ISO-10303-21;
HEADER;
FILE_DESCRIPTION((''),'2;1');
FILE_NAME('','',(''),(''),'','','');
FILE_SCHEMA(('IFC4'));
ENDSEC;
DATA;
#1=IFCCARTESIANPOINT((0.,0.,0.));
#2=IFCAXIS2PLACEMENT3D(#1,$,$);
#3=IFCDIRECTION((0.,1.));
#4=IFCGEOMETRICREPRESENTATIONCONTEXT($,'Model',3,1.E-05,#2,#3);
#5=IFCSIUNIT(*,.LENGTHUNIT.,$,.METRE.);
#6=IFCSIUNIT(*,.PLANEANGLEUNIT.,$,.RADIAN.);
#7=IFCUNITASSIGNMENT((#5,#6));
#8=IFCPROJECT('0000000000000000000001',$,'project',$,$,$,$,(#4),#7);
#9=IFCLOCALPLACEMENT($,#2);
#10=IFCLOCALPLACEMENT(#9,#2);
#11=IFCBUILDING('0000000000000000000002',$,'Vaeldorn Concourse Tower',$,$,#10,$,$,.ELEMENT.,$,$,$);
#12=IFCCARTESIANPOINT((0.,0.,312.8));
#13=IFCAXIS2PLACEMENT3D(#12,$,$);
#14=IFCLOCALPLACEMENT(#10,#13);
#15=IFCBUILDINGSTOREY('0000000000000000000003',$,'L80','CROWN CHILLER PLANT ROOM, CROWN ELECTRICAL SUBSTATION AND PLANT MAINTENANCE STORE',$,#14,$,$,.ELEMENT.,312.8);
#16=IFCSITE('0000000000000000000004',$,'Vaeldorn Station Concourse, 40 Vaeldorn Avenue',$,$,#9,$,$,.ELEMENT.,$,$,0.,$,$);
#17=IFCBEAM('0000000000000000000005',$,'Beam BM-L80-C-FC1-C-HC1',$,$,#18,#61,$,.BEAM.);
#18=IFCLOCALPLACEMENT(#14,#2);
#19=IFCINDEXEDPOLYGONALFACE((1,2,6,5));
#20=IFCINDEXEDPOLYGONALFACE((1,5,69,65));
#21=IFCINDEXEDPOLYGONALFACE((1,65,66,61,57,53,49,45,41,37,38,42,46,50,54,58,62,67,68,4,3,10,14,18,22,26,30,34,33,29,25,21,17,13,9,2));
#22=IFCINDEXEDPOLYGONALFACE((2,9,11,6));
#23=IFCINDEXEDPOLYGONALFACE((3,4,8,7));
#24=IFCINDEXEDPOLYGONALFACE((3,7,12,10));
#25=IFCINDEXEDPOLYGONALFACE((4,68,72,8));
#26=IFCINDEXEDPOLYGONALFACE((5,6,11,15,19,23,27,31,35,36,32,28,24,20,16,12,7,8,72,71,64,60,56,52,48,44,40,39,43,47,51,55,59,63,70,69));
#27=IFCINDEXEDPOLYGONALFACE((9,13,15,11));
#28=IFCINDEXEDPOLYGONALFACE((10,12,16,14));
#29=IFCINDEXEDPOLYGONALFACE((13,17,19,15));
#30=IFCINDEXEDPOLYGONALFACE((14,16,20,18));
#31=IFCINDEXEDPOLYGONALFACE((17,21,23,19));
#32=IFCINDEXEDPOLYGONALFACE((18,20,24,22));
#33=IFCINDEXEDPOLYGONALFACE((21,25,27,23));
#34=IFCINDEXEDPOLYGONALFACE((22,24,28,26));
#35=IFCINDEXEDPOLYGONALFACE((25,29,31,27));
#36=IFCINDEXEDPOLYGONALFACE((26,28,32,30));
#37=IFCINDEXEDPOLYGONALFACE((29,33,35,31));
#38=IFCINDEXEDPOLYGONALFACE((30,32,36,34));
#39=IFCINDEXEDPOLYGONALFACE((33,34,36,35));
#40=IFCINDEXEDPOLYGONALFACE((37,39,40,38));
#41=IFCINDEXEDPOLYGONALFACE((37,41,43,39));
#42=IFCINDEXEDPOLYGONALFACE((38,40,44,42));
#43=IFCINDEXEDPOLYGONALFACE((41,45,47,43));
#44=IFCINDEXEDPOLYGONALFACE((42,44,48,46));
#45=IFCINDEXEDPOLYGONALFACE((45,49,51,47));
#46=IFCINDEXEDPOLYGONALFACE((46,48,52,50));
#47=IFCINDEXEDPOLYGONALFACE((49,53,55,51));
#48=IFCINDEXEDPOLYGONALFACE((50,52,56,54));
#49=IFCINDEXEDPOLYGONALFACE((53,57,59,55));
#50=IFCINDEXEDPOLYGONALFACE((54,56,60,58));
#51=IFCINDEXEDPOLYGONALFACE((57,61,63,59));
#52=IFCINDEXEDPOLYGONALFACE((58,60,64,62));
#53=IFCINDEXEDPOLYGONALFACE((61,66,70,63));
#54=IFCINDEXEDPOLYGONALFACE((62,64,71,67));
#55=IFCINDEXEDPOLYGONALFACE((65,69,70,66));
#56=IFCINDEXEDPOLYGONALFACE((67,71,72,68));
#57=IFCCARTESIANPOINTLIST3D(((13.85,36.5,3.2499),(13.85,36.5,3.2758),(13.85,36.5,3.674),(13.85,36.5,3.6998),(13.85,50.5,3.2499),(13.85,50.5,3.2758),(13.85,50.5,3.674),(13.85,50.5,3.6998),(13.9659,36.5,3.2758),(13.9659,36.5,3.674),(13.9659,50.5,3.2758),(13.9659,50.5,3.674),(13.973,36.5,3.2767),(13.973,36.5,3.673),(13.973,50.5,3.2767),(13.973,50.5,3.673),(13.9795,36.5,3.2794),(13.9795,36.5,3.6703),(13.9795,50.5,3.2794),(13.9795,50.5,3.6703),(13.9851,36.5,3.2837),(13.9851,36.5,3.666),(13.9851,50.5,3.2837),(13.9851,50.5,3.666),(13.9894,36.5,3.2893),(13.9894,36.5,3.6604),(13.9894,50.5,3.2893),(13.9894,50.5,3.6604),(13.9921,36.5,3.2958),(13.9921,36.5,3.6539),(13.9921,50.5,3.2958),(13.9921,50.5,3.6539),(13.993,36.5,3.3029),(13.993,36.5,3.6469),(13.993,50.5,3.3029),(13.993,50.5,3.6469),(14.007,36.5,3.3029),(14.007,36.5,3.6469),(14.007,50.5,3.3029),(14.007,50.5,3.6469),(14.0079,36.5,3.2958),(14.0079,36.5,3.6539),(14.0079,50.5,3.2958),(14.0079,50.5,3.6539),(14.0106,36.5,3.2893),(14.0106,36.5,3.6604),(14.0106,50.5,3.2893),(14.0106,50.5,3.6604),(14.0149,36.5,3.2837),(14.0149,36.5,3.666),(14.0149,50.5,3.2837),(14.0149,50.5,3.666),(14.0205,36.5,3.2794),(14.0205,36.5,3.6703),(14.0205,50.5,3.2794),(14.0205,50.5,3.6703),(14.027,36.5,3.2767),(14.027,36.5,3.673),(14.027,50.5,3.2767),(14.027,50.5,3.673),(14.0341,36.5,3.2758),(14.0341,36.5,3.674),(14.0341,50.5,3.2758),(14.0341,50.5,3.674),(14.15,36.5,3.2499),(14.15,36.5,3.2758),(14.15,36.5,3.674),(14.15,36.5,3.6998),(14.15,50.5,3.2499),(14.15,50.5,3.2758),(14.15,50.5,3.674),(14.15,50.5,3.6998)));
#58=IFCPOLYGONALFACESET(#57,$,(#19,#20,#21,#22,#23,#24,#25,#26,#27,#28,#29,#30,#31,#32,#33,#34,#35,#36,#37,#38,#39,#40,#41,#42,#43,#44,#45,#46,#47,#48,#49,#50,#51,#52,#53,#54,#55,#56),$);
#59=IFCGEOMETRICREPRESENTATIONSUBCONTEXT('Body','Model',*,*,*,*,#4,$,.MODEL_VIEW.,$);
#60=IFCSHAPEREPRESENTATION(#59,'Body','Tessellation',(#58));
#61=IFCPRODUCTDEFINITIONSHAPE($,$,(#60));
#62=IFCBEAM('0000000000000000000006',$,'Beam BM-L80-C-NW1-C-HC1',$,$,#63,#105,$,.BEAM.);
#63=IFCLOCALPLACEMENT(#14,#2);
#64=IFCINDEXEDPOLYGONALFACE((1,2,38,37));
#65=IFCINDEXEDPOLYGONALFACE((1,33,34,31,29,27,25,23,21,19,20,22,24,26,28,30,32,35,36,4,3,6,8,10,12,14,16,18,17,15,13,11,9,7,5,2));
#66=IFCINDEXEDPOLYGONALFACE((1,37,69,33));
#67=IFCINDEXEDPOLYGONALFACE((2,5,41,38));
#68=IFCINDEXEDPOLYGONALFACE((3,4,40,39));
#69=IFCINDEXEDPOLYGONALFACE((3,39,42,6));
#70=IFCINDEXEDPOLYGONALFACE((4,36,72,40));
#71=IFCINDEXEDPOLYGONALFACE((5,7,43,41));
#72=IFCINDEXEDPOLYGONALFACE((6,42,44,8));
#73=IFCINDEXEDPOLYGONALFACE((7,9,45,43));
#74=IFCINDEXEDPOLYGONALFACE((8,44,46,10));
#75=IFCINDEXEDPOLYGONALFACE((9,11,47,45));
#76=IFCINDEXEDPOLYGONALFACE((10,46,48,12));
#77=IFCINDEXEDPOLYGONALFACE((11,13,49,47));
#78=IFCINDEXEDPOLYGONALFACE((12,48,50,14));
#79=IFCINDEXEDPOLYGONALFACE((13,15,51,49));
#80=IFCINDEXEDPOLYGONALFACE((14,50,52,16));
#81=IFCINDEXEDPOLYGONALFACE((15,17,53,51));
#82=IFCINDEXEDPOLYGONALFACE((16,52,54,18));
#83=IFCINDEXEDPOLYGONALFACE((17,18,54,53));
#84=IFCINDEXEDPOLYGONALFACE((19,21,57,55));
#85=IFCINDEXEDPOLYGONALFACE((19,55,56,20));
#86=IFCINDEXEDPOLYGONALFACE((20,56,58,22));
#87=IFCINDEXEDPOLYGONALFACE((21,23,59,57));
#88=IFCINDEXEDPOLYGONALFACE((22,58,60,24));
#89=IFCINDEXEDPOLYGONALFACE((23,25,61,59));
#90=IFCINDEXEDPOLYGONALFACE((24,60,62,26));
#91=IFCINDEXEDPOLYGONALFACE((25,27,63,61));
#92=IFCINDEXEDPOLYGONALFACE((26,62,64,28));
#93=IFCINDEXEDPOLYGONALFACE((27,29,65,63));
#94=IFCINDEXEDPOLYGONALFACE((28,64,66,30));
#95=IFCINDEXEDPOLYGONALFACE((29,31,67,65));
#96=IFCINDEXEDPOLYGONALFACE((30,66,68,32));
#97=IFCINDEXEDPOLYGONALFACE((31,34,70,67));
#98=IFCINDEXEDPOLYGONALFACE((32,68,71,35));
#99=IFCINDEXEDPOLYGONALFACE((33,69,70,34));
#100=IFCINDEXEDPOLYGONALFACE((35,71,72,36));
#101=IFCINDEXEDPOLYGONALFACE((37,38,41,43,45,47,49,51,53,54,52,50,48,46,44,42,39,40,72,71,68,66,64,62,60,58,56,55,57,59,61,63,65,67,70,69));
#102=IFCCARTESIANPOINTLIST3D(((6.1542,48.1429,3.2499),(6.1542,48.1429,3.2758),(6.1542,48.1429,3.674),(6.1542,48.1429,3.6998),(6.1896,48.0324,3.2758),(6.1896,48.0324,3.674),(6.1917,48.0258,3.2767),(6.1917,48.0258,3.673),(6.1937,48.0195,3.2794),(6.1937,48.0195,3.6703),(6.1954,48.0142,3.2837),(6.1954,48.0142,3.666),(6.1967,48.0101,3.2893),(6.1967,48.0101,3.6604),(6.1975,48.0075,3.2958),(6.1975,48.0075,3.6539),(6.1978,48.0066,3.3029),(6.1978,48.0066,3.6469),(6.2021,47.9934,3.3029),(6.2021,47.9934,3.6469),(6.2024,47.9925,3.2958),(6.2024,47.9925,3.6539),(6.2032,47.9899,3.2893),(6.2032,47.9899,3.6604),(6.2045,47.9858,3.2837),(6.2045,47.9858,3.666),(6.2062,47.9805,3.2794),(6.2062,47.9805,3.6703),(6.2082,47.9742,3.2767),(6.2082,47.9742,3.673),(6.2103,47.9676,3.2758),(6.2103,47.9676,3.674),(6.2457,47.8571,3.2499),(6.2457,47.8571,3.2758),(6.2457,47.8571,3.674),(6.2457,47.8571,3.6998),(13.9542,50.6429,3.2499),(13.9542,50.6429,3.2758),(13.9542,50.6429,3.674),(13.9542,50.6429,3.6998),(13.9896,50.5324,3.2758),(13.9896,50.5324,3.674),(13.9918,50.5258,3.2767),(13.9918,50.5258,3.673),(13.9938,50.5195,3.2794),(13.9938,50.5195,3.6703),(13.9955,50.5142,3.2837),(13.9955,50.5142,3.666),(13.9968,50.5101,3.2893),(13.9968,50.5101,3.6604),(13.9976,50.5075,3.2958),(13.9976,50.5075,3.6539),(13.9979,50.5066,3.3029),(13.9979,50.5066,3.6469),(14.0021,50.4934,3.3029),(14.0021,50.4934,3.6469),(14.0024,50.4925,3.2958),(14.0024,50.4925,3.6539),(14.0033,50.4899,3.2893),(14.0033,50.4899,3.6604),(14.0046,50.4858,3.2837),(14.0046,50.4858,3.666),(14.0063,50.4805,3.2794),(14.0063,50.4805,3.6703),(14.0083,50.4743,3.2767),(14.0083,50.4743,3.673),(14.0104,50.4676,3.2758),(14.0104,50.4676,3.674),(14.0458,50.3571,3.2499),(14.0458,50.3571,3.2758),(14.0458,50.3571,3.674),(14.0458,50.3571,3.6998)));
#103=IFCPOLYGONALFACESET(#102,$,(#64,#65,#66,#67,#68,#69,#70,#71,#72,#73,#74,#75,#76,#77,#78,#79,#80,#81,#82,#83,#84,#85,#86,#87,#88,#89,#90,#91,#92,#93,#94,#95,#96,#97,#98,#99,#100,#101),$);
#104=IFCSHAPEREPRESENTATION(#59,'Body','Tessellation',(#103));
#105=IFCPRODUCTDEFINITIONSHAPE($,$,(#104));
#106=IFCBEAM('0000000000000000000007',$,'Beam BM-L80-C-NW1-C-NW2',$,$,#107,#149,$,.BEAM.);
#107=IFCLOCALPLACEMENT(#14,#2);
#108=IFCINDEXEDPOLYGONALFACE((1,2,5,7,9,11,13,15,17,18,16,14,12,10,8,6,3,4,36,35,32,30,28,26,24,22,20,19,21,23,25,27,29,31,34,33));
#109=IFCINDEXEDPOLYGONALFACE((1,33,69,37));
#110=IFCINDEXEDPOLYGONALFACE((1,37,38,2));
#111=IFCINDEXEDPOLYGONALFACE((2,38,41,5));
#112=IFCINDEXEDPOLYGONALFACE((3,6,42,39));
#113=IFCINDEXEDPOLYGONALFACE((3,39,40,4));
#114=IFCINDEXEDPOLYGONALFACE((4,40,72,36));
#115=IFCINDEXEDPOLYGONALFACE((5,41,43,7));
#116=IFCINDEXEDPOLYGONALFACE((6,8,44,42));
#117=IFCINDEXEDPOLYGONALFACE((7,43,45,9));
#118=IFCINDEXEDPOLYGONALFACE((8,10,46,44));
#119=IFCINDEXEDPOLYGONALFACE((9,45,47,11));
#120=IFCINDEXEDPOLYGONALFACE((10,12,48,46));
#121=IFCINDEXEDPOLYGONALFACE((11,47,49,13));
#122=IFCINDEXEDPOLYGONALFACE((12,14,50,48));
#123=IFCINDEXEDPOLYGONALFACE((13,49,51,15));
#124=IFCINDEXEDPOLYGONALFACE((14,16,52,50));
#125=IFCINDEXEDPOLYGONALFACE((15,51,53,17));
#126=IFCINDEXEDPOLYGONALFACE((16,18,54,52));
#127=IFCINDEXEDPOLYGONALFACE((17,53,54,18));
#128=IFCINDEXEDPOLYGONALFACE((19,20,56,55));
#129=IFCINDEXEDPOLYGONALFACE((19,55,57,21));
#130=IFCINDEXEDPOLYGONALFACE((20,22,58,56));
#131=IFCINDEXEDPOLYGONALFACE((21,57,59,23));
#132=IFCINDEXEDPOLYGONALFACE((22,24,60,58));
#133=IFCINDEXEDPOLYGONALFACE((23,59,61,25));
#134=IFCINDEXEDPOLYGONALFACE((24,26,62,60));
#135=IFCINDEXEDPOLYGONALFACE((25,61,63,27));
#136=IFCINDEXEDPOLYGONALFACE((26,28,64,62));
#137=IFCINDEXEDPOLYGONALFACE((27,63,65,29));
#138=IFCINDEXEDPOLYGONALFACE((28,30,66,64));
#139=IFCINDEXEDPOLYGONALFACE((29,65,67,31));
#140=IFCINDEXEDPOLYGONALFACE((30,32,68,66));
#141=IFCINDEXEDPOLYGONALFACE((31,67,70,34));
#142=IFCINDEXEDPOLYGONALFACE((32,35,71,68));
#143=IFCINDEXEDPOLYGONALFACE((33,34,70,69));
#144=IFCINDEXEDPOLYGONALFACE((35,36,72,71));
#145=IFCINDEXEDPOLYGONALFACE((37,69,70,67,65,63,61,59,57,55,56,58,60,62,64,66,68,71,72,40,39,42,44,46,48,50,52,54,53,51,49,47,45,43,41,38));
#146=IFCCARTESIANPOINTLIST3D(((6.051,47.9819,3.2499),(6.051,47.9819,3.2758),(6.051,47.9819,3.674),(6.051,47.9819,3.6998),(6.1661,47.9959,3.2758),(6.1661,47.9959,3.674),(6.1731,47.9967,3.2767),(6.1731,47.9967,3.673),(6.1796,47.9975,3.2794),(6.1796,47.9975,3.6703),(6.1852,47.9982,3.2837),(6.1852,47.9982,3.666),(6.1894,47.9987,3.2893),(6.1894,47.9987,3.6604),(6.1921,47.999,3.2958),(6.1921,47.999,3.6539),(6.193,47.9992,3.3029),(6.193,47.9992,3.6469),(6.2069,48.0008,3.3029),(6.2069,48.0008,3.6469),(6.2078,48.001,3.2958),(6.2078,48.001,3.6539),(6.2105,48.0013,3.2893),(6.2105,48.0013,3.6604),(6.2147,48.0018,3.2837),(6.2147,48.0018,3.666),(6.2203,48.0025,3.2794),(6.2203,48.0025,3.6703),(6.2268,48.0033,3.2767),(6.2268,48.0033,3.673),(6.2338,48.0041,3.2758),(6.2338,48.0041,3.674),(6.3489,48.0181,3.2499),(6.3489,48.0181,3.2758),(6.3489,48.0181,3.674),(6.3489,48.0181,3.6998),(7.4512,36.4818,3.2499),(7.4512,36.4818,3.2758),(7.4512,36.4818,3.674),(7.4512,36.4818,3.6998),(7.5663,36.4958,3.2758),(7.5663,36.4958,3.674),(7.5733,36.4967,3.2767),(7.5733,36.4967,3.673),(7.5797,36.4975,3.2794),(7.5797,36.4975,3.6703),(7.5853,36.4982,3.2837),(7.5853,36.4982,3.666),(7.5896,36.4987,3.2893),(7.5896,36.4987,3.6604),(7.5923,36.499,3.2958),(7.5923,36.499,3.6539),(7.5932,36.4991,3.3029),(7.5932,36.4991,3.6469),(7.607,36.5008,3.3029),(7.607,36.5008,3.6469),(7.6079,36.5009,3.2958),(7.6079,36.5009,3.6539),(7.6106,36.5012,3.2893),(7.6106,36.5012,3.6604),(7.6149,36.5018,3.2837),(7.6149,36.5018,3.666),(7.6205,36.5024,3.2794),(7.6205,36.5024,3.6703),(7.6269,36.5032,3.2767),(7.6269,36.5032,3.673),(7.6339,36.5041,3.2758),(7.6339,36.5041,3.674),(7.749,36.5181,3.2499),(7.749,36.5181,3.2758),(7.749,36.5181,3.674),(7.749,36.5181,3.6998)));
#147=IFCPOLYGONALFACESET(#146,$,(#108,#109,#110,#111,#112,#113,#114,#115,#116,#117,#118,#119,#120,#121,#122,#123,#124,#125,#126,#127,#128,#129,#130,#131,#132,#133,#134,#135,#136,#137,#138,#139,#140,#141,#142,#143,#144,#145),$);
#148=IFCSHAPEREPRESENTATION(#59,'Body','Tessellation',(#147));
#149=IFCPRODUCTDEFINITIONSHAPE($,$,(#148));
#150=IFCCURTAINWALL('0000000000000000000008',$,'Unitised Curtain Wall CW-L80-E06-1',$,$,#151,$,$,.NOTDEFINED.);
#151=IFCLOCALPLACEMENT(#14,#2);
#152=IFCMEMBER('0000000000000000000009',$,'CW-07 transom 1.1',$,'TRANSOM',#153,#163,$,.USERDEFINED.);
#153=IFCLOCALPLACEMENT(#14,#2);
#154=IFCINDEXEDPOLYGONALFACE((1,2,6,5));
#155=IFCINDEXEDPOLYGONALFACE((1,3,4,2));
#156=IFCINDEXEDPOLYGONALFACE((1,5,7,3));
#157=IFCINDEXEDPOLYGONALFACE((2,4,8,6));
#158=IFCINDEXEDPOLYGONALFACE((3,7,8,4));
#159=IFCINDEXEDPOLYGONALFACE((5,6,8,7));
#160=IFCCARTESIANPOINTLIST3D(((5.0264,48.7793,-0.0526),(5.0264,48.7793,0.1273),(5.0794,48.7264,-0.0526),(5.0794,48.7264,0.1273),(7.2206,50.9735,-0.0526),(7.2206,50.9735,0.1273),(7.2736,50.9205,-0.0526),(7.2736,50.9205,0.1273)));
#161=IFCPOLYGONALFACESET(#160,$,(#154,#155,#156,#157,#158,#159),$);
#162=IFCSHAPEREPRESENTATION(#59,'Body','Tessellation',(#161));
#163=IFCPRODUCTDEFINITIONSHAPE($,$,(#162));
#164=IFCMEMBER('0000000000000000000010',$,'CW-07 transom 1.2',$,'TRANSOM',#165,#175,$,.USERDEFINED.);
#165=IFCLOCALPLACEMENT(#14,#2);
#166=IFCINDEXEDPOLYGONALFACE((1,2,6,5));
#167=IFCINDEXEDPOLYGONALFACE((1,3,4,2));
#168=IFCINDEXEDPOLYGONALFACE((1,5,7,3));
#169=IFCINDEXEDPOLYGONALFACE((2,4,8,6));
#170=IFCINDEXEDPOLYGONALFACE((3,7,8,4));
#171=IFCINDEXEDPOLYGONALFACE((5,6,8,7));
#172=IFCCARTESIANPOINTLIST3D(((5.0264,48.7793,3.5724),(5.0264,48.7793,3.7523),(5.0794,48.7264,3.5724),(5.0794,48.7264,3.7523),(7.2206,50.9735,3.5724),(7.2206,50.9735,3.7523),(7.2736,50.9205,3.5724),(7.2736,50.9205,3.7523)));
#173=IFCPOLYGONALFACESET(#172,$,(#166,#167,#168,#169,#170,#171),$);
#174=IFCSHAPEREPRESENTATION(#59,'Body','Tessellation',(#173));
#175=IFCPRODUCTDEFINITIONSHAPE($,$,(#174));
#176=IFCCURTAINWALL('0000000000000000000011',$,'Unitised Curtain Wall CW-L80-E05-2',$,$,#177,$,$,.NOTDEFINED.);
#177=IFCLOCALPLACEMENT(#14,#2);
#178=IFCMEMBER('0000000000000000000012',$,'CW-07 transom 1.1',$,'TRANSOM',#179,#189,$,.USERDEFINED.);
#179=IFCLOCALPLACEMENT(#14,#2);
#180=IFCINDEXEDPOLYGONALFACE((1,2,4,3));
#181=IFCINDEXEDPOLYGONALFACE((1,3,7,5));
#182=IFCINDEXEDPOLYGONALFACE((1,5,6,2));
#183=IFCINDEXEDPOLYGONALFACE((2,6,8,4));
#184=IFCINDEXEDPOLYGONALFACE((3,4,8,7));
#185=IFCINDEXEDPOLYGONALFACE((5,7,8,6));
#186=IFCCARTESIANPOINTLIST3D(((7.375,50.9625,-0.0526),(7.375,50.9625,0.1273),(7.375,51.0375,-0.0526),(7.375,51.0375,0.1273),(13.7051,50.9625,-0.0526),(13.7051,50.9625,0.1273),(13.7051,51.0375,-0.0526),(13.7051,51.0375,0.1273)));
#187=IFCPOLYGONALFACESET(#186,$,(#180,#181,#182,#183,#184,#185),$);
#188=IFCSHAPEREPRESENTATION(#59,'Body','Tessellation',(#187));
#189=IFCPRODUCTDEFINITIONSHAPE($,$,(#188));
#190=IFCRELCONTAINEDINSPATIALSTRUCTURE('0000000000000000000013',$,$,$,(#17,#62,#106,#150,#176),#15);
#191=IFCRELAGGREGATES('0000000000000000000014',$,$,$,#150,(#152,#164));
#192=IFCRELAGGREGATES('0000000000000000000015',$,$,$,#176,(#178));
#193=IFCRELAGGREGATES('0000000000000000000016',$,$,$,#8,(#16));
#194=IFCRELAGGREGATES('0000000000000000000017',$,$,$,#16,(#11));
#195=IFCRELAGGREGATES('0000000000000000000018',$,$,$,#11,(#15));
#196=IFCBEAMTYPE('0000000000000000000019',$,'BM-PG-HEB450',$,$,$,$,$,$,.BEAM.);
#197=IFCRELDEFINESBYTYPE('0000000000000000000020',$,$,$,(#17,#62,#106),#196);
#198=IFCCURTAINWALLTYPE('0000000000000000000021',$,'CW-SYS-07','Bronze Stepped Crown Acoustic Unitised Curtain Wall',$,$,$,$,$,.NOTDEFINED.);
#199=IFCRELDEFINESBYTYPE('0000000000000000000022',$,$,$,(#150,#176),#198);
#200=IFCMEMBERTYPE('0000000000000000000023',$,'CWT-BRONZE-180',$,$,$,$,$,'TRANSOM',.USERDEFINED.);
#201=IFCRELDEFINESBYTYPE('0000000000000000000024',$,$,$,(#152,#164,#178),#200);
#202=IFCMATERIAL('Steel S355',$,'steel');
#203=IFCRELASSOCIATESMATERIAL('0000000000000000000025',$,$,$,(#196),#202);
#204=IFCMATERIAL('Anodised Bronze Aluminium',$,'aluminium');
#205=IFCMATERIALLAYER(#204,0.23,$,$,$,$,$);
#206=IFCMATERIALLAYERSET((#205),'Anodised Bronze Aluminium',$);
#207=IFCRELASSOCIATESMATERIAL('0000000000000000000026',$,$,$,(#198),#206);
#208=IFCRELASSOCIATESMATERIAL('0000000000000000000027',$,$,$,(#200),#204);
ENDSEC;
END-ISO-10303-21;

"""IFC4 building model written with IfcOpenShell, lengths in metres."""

from ifc_helpers import new_model, si_unit, direction, frame, origin, origin_2d, place, context, subcontext, project, spatial, rectangle, i_section, extrude, source, transform, mapped, material, layer, layer_set, material_profile, profile_set, type_object, element, aggregate, save


model = new_model("IFC4")

# Units and contexts
model_context = context("Model", 3, precision=1e-05, world=origin(), true_north=direction((0.0, 1.0)))
body_context = subcontext(model_context, "Body", "Model", "MODEL_VIEW")
ifc_project = project(units=[si_unit("LENGTHUNIT", "METRE"), si_unit("PLANEANGLEUNIT", "RADIAN")], contexts=[model_context])

# Site, building, storey
site_placement = place(None, origin())
site = spatial("IfcSite", under=ifc_project, at=site_placement, Name="Vaeldorn Station Concourse, 40 Vaeldorn Avenue", CompositionType="ELEMENT", RefElevation=0.0)
building_placement = place(site_placement, origin())
building = spatial("IfcBuilding", under=site, at=building_placement, Name="Vaeldorn Concourse Tower", CompositionType="ELEMENT")
storey_placement = place(building_placement, frame((0.0, 0.0, 312.8)))
storey = spatial("IfcBuildingStorey", under=building, at=storey_placement, Name="L80", Description="CROWN CHILLER PLANT ROOM, CROWN ELECTRICAL SUBSTATION AND PLANT MAINTENANCE STORE", CompositionType="ELEMENT", Elevation=312.8)

# Shared definitions
ifc_material_1 = material(Name="Steel S355", Category="steel")

# Beams
ifc_material_profile_1 = material_profile(ifc_material_1, i_section(OverallWidth=0.3, OverallDepth=0.45, WebThickness=0.0139, FlangeThickness=0.0259, FilletRadius=0.0271, at=origin_2d()), Name="HEB 450")
ifc_profile_set_1 = profile_set([ifc_material_profile_1], Name="Steel S355")
beam_type_1 = type_object("IfcBeamType", Name="BM-PG-HEB450", PredefinedType="BEAM", material=ifc_profile_set_1)
shared_shape_1 = source(origin(), body_context, "Body", "SweptSolid", [
    extrude(i_section(OverallWidth=0.3, OverallDepth=0.45, WebThickness=0.0139, FlangeThickness=0.0259, FilletRadius=0.0271, at=origin_2d()), origin(), (0.0, 0.0, 1.0), 14.0),
])
beam_1_placement = place(storey_placement, frame((14.0, 36.5, 3.4749), z_axis=(0.0, 1.0, 0.0), x_axis=(-1.0, 0.0, 0.0)))
element("IfcBeam", 1, at=beam_1_placement, inside=storey, type_object=beam_type_1, Name="Beam BM-L80-C-FC1-C-HC1", PredefinedType="BEAM", context=body_context, shape_type="MappedRepresentation", body=[
    mapped(shared_shape_1, transform((0.0, 0.0, 0.0), scale=1.0)),
])
shared_shape_2 = source(origin(), body_context, "Body", "SweptSolid", [
    extrude(i_section(OverallWidth=0.3, OverallDepth=0.45, WebThickness=0.0139, FlangeThickness=0.0259, FilletRadius=0.0271, at=origin_2d()), origin(), (0.0, 0.0, 1.0), 8.1909),
])
beam_2_placement = place(storey_placement, frame((6.2, 48.0, 3.4749), z_axis=(0.952283, 0.305217, 0.0), x_axis=(-0.305217, 0.952283, 0.0)))
element("IfcBeam", 2, at=beam_2_placement, inside=storey, type_object=beam_type_1, Name="Beam BM-L80-C-NW1-C-HC1", PredefinedType="BEAM", context=body_context, shape_type="MappedRepresentation", body=[
    mapped(shared_shape_2, transform((0.0, 0.0, 0.0), scale=1.0)),
])
shared_shape_3 = source(origin(), body_context, "Body", "SweptSolid", [
    extrude(i_section(OverallWidth=0.3, OverallDepth=0.45, WebThickness=0.0139, FlangeThickness=0.0259, FilletRadius=0.0271, at=origin_2d()), origin(), (0.0, 0.0, 1.0), 11.585),
])
beam_3_placement = place(storey_placement, frame((6.2, 48.0, 3.4749), z_axis=(0.120859, -0.99267, 0.0), x_axis=(0.99267, 0.120859, 0.0)))
element("IfcBeam", 3, at=beam_3_placement, inside=storey, type_object=beam_type_1, Name="Beam BM-L80-C-NW1-C-NW2", PredefinedType="BEAM", context=body_context, shape_type="MappedRepresentation", body=[
    mapped(shared_shape_3, transform((0.0, 0.0, 0.0), scale=1.0)),
])

# Curtain walls, members
ifc_material_2 = material(Name="Anodised Bronze Aluminium", Category="aluminium")
ifc_layer_1 = layer(ifc_material_2, 0.23)
ifc_layer_set_1 = layer_set([ifc_layer_1], Name="Anodised Bronze Aluminium")
curtain_wall_type = type_object("IfcCurtainWallType", Name="CW-SYS-07", Description="Bronze Stepped Crown Acoustic Unitised Curtain Wall", PredefinedType="NOTDEFINED", material=ifc_layer_set_1)
curtain_wall_1_placement = place(storey_placement, origin())
curtain_wall_1 = element("IfcCurtainWall", 4, at=curtain_wall_1_placement, inside=storey, type_object=curtain_wall_type, Name="Unitised Curtain Wall CW-L80-E06-1", PredefinedType="NOTDEFINED")
ifc_material_profile_2 = material_profile(ifc_material_2, rectangle(XDim=0.075, YDim=0.1799, at=origin_2d()), Name="CWT 75x180")
ifc_profile_set_2 = profile_set([ifc_material_profile_2], Name="Anodised Bronze Aluminium")
member_type_1 = type_object("IfcMemberType", Name="CWT-BRONZE-180", ElementType="TRANSOM", PredefinedType="USERDEFINED", material=ifc_profile_set_2)
shared_shape_4 = source(origin(), body_context, "Body", "SweptSolid", [
    extrude(rectangle(XDim=0.075, YDim=0.1799, at=origin_2d()), origin(), (0.0, 0.0, 1.0), 3.103),
])
member_1_placement = place(storey_placement, frame((7.2471, 50.947, 0.0374), z_axis=(-0.707107, -0.707107, 0.0), x_axis=(0.707107, -0.707107, 0.0)))
member_1 = element("IfcMember", 5, at=member_1_placement, type_object=member_type_1, Name="CW-07 transom 1.1", ObjectType="TRANSOM", PredefinedType="USERDEFINED", context=body_context, shape_type="MappedRepresentation", body=[
    mapped(shared_shape_4, transform((0.0, 0.0, 0.0), scale=1.0)),
])
member_2_placement = place(storey_placement, frame((7.2471, 50.947, 3.6624), z_axis=(-0.707107, -0.707107, 0.0), x_axis=(0.707107, -0.707107, 0.0)))
member_2 = element("IfcMember", 6, at=member_2_placement, type_object=member_type_1, Name="CW-07 transom 1.2", ObjectType="TRANSOM", PredefinedType="USERDEFINED", context=body_context, shape_type="MappedRepresentation", body=[
    mapped(shared_shape_4, transform((0.0, 0.0, 0.0), scale=1.0)),
])
curtain_wall_2_placement = place(storey_placement, origin())
curtain_wall_2 = element("IfcCurtainWall", 7, at=curtain_wall_2_placement, inside=storey, type_object=curtain_wall_type, Name="Unitised Curtain Wall CW-L80-E05-2", PredefinedType="NOTDEFINED")
shared_shape_5 = source(origin(), body_context, "Body", "SweptSolid", [
    extrude(rectangle(XDim=0.075, YDim=0.1799, at=origin_2d()), origin(), (0.0, 0.0, 1.0), 6.3301),
])
member_3_placement = place(storey_placement, frame((13.7051, 51.0, 0.0374), z_axis=(-1.0, 0.0, 0.0), x_axis=(0.0, -1.0, 0.0)))
member_3 = element("IfcMember", 8, at=member_3_placement, type_object=member_type_1, Name="CW-07 transom 1.1", ObjectType="TRANSOM", PredefinedType="USERDEFINED", context=body_context, shape_type="MappedRepresentation", body=[
    mapped(shared_shape_5, transform((0.0, 0.0, 0.0), scale=1.0)),
])

aggregate(curtain_wall_1, [member_1, member_2])
aggregate(curtain_wall_2, [member_3])

save(model, "model.ifc")
